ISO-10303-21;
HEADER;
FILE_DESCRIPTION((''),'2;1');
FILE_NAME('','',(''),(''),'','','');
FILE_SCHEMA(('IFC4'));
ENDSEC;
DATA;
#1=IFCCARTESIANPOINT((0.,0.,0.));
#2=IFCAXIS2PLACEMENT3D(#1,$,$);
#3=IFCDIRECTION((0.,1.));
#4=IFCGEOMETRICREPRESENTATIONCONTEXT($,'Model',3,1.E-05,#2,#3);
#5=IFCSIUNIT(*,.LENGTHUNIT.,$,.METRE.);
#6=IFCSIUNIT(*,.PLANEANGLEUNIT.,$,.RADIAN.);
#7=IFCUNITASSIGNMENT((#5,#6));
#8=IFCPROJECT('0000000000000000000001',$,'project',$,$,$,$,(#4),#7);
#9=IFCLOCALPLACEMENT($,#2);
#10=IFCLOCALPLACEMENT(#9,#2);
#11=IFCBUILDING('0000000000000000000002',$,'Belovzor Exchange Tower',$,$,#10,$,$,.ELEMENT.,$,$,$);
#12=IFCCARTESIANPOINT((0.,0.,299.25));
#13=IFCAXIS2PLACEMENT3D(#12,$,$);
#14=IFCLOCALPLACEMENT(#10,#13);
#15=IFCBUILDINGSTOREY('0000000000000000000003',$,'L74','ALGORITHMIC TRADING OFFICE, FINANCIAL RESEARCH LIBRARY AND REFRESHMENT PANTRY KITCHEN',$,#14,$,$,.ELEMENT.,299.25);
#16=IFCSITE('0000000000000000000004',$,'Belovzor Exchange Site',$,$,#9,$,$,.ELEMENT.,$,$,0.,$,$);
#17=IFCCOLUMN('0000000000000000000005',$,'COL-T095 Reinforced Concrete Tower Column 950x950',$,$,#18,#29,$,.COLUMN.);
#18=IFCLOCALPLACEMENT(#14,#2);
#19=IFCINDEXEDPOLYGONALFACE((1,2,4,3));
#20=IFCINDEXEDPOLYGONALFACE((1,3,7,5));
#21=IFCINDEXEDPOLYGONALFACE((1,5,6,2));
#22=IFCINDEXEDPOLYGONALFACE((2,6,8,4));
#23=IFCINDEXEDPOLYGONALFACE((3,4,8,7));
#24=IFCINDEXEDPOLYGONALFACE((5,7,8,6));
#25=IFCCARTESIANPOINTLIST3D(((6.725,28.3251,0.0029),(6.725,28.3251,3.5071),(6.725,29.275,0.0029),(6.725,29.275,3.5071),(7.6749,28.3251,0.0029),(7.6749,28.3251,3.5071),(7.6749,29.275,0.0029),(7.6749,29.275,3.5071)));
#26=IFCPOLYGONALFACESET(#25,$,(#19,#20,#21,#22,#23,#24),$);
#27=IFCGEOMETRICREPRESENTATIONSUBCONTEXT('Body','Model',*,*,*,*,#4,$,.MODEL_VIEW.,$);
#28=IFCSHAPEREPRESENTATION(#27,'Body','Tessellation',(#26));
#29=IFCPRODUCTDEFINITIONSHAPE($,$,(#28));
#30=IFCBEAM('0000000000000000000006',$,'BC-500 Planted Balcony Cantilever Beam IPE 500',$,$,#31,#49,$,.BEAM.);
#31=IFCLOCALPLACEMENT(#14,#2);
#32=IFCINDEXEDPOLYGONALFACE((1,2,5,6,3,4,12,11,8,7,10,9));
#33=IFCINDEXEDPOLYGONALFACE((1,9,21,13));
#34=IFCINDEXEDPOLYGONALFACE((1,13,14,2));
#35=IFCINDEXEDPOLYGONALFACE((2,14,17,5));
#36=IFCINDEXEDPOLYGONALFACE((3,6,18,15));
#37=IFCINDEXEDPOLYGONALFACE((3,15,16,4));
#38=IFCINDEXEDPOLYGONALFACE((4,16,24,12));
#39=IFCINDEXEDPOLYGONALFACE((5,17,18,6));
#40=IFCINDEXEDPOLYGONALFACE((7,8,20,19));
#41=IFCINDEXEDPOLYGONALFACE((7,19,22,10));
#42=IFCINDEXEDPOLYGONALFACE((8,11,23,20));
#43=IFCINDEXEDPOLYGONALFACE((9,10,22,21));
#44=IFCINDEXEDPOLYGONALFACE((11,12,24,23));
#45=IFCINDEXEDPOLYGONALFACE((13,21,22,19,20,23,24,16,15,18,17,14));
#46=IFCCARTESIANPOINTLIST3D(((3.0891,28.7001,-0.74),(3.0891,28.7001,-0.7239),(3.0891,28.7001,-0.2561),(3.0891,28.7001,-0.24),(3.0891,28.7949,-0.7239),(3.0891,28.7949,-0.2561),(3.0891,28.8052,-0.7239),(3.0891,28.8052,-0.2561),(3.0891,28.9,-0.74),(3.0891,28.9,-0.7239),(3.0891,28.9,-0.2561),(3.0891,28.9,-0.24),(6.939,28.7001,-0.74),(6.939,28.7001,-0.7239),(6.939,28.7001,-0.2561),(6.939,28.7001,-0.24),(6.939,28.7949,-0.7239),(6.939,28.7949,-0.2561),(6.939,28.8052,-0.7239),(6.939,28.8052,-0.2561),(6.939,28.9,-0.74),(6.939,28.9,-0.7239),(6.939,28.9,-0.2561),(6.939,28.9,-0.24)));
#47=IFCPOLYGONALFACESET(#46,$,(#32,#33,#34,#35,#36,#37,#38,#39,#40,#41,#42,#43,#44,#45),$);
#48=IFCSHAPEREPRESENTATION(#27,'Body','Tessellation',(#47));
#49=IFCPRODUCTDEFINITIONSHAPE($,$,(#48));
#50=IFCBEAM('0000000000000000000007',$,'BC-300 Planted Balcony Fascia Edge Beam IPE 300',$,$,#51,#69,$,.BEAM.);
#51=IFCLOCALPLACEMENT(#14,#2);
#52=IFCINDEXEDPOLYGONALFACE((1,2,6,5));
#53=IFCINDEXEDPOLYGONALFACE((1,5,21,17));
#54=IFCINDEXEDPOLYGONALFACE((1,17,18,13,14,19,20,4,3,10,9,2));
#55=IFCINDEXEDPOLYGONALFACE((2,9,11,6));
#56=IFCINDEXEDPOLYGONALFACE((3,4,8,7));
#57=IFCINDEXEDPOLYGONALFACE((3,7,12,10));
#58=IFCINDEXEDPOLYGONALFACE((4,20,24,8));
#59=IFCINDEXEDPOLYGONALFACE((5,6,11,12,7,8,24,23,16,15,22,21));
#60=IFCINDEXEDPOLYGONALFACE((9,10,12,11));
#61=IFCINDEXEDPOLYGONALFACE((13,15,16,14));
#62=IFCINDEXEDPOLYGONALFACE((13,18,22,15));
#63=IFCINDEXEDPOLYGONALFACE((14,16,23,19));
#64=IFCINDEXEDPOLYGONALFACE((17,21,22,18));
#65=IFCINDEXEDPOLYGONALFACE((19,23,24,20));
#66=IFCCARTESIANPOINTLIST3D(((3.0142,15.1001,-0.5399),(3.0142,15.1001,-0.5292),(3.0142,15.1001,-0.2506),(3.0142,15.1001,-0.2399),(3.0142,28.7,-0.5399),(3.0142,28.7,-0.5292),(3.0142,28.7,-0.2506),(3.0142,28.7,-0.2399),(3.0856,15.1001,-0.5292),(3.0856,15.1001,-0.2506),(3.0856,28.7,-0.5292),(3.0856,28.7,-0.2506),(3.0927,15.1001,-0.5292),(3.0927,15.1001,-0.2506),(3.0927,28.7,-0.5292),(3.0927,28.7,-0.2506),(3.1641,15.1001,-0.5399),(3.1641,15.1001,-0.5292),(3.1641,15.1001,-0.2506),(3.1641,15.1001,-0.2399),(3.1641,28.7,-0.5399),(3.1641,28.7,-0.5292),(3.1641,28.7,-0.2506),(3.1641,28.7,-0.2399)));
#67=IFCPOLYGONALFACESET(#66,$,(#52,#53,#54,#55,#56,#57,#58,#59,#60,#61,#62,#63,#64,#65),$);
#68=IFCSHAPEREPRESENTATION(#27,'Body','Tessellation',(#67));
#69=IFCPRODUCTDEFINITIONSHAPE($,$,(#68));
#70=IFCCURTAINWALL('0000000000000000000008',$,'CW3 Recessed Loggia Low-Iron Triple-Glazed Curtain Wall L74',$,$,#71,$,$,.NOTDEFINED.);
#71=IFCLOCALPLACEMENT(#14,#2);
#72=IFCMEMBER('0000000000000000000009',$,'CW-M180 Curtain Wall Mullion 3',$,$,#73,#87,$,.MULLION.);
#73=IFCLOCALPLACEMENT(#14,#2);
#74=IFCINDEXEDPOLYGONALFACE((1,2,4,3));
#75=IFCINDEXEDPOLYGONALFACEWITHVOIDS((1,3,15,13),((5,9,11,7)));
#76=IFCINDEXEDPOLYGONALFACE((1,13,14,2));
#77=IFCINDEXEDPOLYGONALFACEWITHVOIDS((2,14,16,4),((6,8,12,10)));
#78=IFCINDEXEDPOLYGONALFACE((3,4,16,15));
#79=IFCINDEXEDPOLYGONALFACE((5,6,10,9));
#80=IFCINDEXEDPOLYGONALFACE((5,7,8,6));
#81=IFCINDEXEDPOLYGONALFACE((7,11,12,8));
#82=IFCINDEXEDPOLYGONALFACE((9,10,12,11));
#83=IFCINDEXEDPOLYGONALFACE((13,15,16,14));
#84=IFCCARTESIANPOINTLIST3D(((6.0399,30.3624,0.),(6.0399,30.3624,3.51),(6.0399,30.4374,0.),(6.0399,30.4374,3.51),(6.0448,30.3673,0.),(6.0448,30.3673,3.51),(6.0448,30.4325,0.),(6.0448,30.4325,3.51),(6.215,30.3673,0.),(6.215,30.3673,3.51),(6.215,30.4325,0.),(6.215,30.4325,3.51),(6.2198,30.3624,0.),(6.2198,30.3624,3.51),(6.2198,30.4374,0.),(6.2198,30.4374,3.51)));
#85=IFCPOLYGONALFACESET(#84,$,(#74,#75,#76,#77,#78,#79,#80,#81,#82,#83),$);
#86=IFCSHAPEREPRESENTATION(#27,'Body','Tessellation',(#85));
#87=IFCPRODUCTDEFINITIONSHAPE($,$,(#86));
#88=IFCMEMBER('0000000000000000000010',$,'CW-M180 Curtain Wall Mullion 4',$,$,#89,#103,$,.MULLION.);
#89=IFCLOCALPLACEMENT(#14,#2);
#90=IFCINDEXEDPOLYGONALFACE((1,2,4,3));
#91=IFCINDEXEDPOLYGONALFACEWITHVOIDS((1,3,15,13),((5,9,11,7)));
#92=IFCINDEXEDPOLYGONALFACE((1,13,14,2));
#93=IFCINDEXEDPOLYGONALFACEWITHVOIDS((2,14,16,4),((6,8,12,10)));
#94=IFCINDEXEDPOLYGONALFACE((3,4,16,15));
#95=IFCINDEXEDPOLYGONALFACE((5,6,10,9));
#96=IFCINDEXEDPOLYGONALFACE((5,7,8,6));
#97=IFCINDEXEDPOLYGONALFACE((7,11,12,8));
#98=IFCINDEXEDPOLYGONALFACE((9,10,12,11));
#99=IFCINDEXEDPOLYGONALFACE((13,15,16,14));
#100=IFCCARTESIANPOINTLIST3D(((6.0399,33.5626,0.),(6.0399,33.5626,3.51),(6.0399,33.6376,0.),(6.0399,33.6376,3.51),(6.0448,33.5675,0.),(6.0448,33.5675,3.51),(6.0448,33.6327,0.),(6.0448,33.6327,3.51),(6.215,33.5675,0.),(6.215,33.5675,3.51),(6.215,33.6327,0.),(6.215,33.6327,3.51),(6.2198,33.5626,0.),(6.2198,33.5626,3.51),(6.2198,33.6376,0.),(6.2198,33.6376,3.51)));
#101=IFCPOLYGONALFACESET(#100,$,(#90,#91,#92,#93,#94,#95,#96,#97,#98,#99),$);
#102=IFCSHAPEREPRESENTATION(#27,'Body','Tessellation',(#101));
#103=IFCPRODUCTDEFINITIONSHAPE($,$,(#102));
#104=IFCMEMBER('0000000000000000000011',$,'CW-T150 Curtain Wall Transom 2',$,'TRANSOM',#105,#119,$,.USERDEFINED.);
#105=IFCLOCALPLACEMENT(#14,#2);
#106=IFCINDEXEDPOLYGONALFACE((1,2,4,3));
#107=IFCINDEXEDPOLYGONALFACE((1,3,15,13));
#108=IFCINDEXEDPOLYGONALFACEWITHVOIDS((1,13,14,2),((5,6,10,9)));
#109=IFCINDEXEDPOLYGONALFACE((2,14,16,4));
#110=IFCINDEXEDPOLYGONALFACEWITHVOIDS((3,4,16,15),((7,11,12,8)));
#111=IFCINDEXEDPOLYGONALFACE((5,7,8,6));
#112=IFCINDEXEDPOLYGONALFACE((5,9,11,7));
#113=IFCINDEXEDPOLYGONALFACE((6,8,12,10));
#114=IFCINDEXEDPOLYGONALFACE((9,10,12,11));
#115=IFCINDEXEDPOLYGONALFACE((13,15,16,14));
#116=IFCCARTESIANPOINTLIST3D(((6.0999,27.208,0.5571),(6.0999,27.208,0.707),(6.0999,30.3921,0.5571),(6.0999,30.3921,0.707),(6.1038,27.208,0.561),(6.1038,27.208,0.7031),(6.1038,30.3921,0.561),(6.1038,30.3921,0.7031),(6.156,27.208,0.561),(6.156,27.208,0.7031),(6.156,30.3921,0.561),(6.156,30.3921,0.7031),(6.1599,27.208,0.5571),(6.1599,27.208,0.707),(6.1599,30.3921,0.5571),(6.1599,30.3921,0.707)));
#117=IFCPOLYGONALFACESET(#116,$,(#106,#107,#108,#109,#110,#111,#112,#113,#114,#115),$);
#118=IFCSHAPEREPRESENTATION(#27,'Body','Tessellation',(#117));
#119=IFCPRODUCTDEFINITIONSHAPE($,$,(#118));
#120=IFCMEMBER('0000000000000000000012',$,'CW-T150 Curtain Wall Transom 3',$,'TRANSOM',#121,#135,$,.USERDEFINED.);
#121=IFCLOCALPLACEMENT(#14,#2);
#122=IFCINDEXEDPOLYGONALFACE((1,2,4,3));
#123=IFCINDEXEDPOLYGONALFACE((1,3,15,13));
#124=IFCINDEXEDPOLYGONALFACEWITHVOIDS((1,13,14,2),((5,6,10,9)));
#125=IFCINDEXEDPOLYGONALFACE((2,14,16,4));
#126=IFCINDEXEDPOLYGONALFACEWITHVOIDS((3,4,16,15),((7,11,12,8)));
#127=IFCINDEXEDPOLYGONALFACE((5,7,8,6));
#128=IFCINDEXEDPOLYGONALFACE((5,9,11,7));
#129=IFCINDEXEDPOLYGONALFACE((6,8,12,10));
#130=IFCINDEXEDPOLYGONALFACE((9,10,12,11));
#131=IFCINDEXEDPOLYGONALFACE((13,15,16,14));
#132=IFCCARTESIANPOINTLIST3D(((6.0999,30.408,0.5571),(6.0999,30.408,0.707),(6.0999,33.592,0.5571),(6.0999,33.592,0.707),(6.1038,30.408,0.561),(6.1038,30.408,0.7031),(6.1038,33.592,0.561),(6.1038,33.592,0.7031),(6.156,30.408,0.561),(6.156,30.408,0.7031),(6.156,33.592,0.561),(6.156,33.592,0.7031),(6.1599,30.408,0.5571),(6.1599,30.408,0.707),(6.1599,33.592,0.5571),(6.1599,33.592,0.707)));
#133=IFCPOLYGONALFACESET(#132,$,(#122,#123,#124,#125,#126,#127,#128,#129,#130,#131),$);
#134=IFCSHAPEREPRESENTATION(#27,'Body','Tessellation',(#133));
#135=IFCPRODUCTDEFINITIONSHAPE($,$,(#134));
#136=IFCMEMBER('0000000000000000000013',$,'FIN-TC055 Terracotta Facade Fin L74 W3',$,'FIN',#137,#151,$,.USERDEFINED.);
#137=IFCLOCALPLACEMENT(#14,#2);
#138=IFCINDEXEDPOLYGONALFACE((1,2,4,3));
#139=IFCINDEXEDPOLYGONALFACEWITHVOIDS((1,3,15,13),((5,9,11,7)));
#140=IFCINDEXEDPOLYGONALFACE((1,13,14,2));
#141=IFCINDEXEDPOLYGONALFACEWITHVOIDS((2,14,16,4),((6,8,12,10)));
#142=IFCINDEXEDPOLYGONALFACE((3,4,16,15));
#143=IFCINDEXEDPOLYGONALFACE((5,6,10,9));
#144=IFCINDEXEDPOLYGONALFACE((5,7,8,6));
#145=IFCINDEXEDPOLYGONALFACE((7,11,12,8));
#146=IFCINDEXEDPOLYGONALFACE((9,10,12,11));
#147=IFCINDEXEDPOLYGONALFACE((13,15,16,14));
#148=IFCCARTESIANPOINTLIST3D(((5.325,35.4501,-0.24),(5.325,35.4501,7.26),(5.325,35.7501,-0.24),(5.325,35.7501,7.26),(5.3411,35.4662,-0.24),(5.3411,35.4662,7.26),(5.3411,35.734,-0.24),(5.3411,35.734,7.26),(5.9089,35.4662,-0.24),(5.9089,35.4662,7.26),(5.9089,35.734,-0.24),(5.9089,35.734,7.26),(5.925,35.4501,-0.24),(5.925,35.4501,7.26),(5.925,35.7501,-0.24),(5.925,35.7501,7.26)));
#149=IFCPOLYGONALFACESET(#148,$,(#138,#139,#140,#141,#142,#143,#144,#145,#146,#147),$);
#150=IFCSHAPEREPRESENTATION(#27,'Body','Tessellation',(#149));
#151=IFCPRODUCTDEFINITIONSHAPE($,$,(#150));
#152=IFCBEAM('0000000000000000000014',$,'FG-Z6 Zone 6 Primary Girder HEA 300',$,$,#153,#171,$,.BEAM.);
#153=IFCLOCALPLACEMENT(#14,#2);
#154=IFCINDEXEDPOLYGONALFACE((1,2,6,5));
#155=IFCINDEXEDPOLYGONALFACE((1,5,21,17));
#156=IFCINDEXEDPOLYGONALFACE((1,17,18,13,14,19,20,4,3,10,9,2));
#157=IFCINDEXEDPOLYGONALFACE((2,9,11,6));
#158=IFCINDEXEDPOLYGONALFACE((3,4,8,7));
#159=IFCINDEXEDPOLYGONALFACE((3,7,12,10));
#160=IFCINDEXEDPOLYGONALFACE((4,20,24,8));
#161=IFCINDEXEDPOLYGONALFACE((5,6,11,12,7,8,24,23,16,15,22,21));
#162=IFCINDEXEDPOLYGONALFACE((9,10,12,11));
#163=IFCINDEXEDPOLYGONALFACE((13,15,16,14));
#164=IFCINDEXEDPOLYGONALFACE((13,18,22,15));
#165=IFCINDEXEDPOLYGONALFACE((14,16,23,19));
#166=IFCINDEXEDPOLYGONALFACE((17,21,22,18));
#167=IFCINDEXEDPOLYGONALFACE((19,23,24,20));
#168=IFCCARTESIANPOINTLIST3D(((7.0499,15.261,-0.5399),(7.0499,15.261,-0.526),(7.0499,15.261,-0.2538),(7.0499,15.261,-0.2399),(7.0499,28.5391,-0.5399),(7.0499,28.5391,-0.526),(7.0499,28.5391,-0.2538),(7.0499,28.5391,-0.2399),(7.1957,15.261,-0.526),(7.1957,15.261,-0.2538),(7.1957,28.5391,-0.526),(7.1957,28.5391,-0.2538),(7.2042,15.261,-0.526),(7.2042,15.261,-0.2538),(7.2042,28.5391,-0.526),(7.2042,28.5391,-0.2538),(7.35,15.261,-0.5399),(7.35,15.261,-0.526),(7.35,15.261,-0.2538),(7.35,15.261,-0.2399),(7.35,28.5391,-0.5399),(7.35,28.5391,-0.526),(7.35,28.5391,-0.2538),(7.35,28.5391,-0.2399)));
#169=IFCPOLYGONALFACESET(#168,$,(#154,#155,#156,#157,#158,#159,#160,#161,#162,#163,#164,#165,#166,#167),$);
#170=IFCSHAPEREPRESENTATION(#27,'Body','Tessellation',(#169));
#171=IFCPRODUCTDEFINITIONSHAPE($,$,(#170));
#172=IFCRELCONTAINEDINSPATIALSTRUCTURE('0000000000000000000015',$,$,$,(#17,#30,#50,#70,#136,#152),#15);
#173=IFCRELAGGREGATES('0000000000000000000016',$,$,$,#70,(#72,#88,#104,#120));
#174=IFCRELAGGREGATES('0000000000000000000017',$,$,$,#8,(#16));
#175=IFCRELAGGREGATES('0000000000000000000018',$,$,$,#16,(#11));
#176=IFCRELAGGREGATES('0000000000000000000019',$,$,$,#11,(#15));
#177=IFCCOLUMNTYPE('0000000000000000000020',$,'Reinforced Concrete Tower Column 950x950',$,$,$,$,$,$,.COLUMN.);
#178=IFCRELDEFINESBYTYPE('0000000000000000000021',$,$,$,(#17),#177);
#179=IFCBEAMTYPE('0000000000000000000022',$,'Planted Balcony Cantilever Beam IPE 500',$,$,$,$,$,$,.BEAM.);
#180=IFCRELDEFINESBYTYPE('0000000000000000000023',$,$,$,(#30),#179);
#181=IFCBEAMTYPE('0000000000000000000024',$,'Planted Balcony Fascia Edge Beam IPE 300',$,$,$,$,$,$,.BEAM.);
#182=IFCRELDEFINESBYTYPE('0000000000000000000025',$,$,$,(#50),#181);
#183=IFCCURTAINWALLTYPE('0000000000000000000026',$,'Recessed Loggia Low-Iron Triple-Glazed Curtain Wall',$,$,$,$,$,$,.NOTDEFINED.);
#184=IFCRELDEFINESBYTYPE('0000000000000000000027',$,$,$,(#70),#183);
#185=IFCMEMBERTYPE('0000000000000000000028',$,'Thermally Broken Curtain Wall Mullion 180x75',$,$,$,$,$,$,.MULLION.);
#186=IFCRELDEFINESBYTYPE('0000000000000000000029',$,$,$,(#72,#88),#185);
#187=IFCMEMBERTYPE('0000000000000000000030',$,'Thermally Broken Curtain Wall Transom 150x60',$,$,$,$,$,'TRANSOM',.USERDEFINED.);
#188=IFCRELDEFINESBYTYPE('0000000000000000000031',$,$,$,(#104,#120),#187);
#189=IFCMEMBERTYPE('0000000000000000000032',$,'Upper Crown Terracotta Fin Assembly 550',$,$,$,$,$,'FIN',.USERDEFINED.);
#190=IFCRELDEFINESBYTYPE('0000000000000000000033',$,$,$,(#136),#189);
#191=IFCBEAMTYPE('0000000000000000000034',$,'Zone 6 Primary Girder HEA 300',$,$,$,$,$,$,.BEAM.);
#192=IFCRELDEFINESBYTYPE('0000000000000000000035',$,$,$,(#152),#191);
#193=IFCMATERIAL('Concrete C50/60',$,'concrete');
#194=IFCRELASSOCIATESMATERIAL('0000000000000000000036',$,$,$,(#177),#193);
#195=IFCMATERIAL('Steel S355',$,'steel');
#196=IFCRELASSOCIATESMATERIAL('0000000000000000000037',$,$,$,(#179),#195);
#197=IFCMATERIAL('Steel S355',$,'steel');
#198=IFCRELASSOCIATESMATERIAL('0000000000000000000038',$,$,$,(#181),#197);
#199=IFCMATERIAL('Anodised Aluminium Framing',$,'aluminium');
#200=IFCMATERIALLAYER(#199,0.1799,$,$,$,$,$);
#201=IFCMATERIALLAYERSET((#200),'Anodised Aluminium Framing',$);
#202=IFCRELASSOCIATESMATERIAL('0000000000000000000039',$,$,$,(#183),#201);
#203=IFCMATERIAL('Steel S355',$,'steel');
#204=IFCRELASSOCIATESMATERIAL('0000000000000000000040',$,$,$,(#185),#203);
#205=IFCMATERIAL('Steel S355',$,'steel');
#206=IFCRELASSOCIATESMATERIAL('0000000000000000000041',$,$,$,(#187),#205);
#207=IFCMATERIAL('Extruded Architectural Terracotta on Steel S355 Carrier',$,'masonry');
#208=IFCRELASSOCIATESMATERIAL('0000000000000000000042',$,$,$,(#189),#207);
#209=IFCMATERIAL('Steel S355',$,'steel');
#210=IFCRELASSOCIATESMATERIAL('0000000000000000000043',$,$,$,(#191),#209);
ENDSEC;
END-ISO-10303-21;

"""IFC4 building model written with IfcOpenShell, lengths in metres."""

from ifc_helpers import new_model, si_unit, direction, frame, origin, origin_2d, place, context, subcontext, project, spatial, rectangle, hollow_rectangle, i_section, extrude, material, layer, layer_set, material_profile, profile_set, type_object, element, aggregate, save


model = new_model("IFC4")

# Units and contexts
model_context = context("Model", 3, precision=1e-05, world=origin(), true_north=direction((0.0, 1.0)))
body_context = subcontext(model_context, "Body", "Model", "MODEL_VIEW")
ifc_project = project(units=[si_unit("LENGTHUNIT", "METRE"), si_unit("PLANEANGLEUNIT", "RADIAN")], contexts=[model_context])

# Site, building, storey
site_placement = place(None, origin())
site = spatial("IfcSite", under=ifc_project, at=site_placement, Name="Belovzor Exchange Site", CompositionType="ELEMENT", RefElevation=0.0)
building_placement = place(site_placement, origin())
building = spatial("IfcBuilding", under=site, at=building_placement, Name="Belovzor Exchange Tower", CompositionType="ELEMENT")
storey_placement = place(building_placement, frame((0.0, 0.0, 299.25)))
storey = spatial("IfcBuildingStorey", under=building, at=storey_placement, Name="L74", Description="ALGORITHMIC TRADING OFFICE, FINANCIAL RESEARCH LIBRARY AND REFRESHMENT PANTRY KITCHEN", CompositionType="ELEMENT", Elevation=299.25)

# Column
ifc_material_1 = material(Name="Concrete C50/60", Category="concrete")
ifc_material_profile_1 = material_profile(ifc_material_1, rectangle(XDim=0.95, YDim=0.95, at=origin_2d()))
ifc_profile_set_1 = profile_set([ifc_material_profile_1], Name="Concrete C50/60")
column_type = type_object("IfcColumnType", Name="Reinforced Concrete Tower Column 950x950", PredefinedType="COLUMN", material=ifc_profile_set_1)
column_placement = place(storey_placement, frame((7.2, 28.8, 0.0029), z_axis=(0.0, 0.0, 1.0), x_axis=(1.0, 0.0, 0.0)))
element("IfcColumn", 1, at=column_placement, inside=storey, type_object=column_type, Name="COL-T095 Reinforced Concrete Tower Column 950x950", PredefinedType="COLUMN", context=body_context, shape_type="SweptSolid", body=[
    extrude(rectangle(XDim=0.95, YDim=0.95, at=origin_2d()), origin(), (0.0, 0.0, 1.0), 3.5042),
])

# Beams
ifc_material_2 = material(Name="Steel S355", Category="steel")
ifc_material_profile_2 = material_profile(ifc_material_2, i_section(OverallWidth=0.2, OverallDepth=0.5, WebThickness=0.0103, FlangeThickness=0.0161, at=origin_2d()))
ifc_profile_set_2 = profile_set([ifc_material_profile_2], Name="Steel S355")
beam_type_1 = type_object("IfcBeamType", Name="Planted Balcony Cantilever Beam IPE 500", PredefinedType="BEAM", material=ifc_profile_set_2)
beam_1_placement = place(storey_placement, frame((6.939, 28.8, -0.49), z_axis=(-1.0, 0.0, 0.0), x_axis=(0.0, -1.0, 0.0)))
element("IfcBeam", 2, at=beam_1_placement, inside=storey, type_object=beam_type_1, Name="BC-500 Planted Balcony Cantilever Beam IPE 500", PredefinedType="BEAM", context=body_context, shape_type="SweptSolid", body=[
    extrude(i_section(OverallWidth=0.2, OverallDepth=0.5, WebThickness=0.0103, FlangeThickness=0.0161, at=origin_2d()), origin(), (0.0, 0.0, 1.0), 3.8499),
])
ifc_material_3 = material(Name="Steel S355", Category="steel")
ifc_material_profile_3 = material_profile(ifc_material_3, i_section(OverallWidth=0.1499, OverallDepth=0.3, WebThickness=0.0071, FlangeThickness=0.0107, at=origin_2d()))
ifc_profile_set_3 = profile_set([ifc_material_profile_3], Name="Steel S355")
beam_type_2 = type_object("IfcBeamType", Name="Planted Balcony Fascia Edge Beam IPE 300", PredefinedType="BEAM", material=ifc_profile_set_3)
beam_2_placement = place(storey_placement, frame((3.0891, 28.7, -0.3899), z_axis=(0.0, -1.0, 0.0), x_axis=(1.0, 0.0, 0.0)))
element("IfcBeam", 3, at=beam_2_placement, inside=storey, type_object=beam_type_2, Name="BC-300 Planted Balcony Fascia Edge Beam IPE 300", PredefinedType="BEAM", context=body_context, shape_type="SweptSolid", body=[
    extrude(i_section(OverallWidth=0.1499, OverallDepth=0.3, WebThickness=0.0071, FlangeThickness=0.0107, at=origin_2d()), origin(), (0.0, 0.0, 1.0), 13.5999),
])

# Curtain wall, members
ifc_material_4 = material(Name="Anodised Aluminium Framing", Category="aluminium")
ifc_layer_1 = layer(ifc_material_4, 0.1799)
ifc_layer_set_1 = layer_set([ifc_layer_1], Name="Anodised Aluminium Framing")
curtain_wall_type = type_object("IfcCurtainWallType", Name="Recessed Loggia Low-Iron Triple-Glazed Curtain Wall", PredefinedType="NOTDEFINED", material=ifc_layer_set_1)
curtain_wall_placement = place(storey_placement, origin())
curtain_wall = element("IfcCurtainWall", 4, at=curtain_wall_placement, inside=storey, type_object=curtain_wall_type, Name="CW3 Recessed Loggia Low-Iron Triple-Glazed Curtain Wall L74", PredefinedType="NOTDEFINED")
ifc_material_5 = material(Name="Steel S355", Category="steel")
ifc_material_profile_4 = material_profile(ifc_material_5, hollow_rectangle(XDim=0.075, YDim=0.1799, WallThickness=0.0049, at=origin_2d()))
ifc_profile_set_4 = profile_set([ifc_material_profile_4], Name="Steel S355")
member_type_1 = type_object("IfcMemberType", Name="Thermally Broken Curtain Wall Mullion 180x75", PredefinedType="MULLION", material=ifc_profile_set_4)
member_1_placement = place(storey_placement, frame((6.1299, 30.3999, 0.0), z_axis=(0.0, 0.0, 1.0), x_axis=(0.0, 1.0, 0.0)))
member_1 = element("IfcMember", 5, at=member_1_placement, type_object=member_type_1, Name="CW-M180 Curtain Wall Mullion 3", PredefinedType="MULLION", context=body_context, shape_type="SweptSolid", body=[
    extrude(hollow_rectangle(XDim=0.075, YDim=0.1799, WallThickness=0.0049, at=origin_2d()), origin(), (0.0, 0.0, 1.0), 3.51),
])
member_2_placement = place(storey_placement, frame((6.1299, 33.6001, 0.0), z_axis=(0.0, 0.0, 1.0), x_axis=(0.0, 1.0, 0.0)))
member_2 = element("IfcMember", 6, at=member_2_placement, type_object=member_type_1, Name="CW-M180 Curtain Wall Mullion 4", PredefinedType="MULLION", context=body_context, shape_type="SweptSolid", body=[
    extrude(hollow_rectangle(XDim=0.075, YDim=0.1799, WallThickness=0.0049, at=origin_2d()), origin(), (0.0, 0.0, 1.0), 3.51),
])
ifc_material_6 = material(Name="Steel S355", Category="steel")
ifc_material_profile_5 = material_profile(ifc_material_6, hollow_rectangle(XDim=0.0601, YDim=0.1499, WallThickness=0.0039, at=origin_2d()))
ifc_profile_set_5 = profile_set([ifc_material_profile_5], Name="Steel S355")
member_type_2 = type_object("IfcMemberType", Name="Thermally Broken Curtain Wall Transom 150x60", ElementType="TRANSOM", PredefinedType="USERDEFINED", material=ifc_profile_set_5)
member_3_placement = place(storey_placement, frame((6.1299, 27.208, 0.6321), z_axis=(0.0, 1.0, 0.0), x_axis=(-1.0, 0.0, 0.0)))
member_3 = element("IfcMember", 7, at=member_3_placement, type_object=member_type_2, Name="CW-T150 Curtain Wall Transom 2", ObjectType="TRANSOM", PredefinedType="USERDEFINED", context=body_context, shape_type="SweptSolid", body=[
    extrude(hollow_rectangle(XDim=0.0601, YDim=0.1499, WallThickness=0.0039, at=origin_2d()), origin(), (0.0, 0.0, 1.0), 3.1841),
])
member_4_placement = place(storey_placement, frame((6.1299, 30.408, 0.6321), z_axis=(0.0, 1.0, 0.0), x_axis=(-1.0, 0.0, 0.0)))
member_4 = element("IfcMember", 8, at=member_4_placement, type_object=member_type_2, Name="CW-T150 Curtain Wall Transom 3", ObjectType="TRANSOM", PredefinedType="USERDEFINED", context=body_context, shape_type="SweptSolid", body=[
    extrude(hollow_rectangle(XDim=0.0601, YDim=0.1499, WallThickness=0.0039, at=origin_2d()), origin(), (0.0, 0.0, 1.0), 3.1841),
])

# Member
ifc_material_7 = material(Name="Extruded Architectural Terracotta on Steel S355 Carrier", Category="masonry")
ifc_material_profile_6 = material_profile(ifc_material_7, hollow_rectangle(XDim=0.3, YDim=0.6001, WallThickness=0.0161, at=origin_2d()))
ifc_profile_set_6 = profile_set([ifc_material_profile_6], Name="Extruded Architectural Terracotta on Steel S355 Carrier")
member_type_3 = type_object("IfcMemberType", Name="Upper Crown Terracotta Fin Assembly 550", ElementType="FIN", PredefinedType="USERDEFINED", material=ifc_profile_set_6)
member_5_placement = place(storey_placement, frame((5.625, 35.6001, -0.24), z_axis=(0.0, 0.0, 1.0), x_axis=(0.0, 1.0, 0.0)))
element("IfcMember", 9, at=member_5_placement, inside=storey, type_object=member_type_3, Name="FIN-TC055 Terracotta Facade Fin L74 W3", ObjectType="FIN", PredefinedType="USERDEFINED", context=body_context, shape_type="SweptSolid", body=[
    extrude(hollow_rectangle(XDim=0.3, YDim=0.6001, WallThickness=0.0161, at=origin_2d()), origin(), (0.0, 0.0, 1.0), 7.5),
])

# Beam
ifc_material_8 = material(Name="Steel S355", Category="steel")
ifc_material_profile_7 = material_profile(ifc_material_8, i_section(OverallWidth=0.3, OverallDepth=0.3, WebThickness=0.0085, FlangeThickness=0.0139, at=origin_2d()))
ifc_profile_set_7 = profile_set([ifc_material_profile_7], Name="Steel S355")
beam_type_3 = type_object("IfcBeamType", Name="Zone 6 Primary Girder HEA 300", PredefinedType="BEAM", material=ifc_profile_set_7)
beam_3_placement = place(storey_placement, frame((7.2, 28.5391, -0.3899), z_axis=(0.0, -1.0, 0.0), x_axis=(1.0, 0.0, 0.0)))
element("IfcBeam", 10, at=beam_3_placement, inside=storey, type_object=beam_type_3, Name="FG-Z6 Zone 6 Primary Girder HEA 300", PredefinedType="BEAM", context=body_context, shape_type="SweptSolid", body=[
    extrude(i_section(OverallWidth=0.3, OverallDepth=0.3, WebThickness=0.0085, FlangeThickness=0.0139, at=origin_2d()), origin(), (0.0, 0.0, 1.0), 13.2781),
])

aggregate(curtain_wall, [member_1, member_2, member_3, member_4])

save(model, "model.ifc")
